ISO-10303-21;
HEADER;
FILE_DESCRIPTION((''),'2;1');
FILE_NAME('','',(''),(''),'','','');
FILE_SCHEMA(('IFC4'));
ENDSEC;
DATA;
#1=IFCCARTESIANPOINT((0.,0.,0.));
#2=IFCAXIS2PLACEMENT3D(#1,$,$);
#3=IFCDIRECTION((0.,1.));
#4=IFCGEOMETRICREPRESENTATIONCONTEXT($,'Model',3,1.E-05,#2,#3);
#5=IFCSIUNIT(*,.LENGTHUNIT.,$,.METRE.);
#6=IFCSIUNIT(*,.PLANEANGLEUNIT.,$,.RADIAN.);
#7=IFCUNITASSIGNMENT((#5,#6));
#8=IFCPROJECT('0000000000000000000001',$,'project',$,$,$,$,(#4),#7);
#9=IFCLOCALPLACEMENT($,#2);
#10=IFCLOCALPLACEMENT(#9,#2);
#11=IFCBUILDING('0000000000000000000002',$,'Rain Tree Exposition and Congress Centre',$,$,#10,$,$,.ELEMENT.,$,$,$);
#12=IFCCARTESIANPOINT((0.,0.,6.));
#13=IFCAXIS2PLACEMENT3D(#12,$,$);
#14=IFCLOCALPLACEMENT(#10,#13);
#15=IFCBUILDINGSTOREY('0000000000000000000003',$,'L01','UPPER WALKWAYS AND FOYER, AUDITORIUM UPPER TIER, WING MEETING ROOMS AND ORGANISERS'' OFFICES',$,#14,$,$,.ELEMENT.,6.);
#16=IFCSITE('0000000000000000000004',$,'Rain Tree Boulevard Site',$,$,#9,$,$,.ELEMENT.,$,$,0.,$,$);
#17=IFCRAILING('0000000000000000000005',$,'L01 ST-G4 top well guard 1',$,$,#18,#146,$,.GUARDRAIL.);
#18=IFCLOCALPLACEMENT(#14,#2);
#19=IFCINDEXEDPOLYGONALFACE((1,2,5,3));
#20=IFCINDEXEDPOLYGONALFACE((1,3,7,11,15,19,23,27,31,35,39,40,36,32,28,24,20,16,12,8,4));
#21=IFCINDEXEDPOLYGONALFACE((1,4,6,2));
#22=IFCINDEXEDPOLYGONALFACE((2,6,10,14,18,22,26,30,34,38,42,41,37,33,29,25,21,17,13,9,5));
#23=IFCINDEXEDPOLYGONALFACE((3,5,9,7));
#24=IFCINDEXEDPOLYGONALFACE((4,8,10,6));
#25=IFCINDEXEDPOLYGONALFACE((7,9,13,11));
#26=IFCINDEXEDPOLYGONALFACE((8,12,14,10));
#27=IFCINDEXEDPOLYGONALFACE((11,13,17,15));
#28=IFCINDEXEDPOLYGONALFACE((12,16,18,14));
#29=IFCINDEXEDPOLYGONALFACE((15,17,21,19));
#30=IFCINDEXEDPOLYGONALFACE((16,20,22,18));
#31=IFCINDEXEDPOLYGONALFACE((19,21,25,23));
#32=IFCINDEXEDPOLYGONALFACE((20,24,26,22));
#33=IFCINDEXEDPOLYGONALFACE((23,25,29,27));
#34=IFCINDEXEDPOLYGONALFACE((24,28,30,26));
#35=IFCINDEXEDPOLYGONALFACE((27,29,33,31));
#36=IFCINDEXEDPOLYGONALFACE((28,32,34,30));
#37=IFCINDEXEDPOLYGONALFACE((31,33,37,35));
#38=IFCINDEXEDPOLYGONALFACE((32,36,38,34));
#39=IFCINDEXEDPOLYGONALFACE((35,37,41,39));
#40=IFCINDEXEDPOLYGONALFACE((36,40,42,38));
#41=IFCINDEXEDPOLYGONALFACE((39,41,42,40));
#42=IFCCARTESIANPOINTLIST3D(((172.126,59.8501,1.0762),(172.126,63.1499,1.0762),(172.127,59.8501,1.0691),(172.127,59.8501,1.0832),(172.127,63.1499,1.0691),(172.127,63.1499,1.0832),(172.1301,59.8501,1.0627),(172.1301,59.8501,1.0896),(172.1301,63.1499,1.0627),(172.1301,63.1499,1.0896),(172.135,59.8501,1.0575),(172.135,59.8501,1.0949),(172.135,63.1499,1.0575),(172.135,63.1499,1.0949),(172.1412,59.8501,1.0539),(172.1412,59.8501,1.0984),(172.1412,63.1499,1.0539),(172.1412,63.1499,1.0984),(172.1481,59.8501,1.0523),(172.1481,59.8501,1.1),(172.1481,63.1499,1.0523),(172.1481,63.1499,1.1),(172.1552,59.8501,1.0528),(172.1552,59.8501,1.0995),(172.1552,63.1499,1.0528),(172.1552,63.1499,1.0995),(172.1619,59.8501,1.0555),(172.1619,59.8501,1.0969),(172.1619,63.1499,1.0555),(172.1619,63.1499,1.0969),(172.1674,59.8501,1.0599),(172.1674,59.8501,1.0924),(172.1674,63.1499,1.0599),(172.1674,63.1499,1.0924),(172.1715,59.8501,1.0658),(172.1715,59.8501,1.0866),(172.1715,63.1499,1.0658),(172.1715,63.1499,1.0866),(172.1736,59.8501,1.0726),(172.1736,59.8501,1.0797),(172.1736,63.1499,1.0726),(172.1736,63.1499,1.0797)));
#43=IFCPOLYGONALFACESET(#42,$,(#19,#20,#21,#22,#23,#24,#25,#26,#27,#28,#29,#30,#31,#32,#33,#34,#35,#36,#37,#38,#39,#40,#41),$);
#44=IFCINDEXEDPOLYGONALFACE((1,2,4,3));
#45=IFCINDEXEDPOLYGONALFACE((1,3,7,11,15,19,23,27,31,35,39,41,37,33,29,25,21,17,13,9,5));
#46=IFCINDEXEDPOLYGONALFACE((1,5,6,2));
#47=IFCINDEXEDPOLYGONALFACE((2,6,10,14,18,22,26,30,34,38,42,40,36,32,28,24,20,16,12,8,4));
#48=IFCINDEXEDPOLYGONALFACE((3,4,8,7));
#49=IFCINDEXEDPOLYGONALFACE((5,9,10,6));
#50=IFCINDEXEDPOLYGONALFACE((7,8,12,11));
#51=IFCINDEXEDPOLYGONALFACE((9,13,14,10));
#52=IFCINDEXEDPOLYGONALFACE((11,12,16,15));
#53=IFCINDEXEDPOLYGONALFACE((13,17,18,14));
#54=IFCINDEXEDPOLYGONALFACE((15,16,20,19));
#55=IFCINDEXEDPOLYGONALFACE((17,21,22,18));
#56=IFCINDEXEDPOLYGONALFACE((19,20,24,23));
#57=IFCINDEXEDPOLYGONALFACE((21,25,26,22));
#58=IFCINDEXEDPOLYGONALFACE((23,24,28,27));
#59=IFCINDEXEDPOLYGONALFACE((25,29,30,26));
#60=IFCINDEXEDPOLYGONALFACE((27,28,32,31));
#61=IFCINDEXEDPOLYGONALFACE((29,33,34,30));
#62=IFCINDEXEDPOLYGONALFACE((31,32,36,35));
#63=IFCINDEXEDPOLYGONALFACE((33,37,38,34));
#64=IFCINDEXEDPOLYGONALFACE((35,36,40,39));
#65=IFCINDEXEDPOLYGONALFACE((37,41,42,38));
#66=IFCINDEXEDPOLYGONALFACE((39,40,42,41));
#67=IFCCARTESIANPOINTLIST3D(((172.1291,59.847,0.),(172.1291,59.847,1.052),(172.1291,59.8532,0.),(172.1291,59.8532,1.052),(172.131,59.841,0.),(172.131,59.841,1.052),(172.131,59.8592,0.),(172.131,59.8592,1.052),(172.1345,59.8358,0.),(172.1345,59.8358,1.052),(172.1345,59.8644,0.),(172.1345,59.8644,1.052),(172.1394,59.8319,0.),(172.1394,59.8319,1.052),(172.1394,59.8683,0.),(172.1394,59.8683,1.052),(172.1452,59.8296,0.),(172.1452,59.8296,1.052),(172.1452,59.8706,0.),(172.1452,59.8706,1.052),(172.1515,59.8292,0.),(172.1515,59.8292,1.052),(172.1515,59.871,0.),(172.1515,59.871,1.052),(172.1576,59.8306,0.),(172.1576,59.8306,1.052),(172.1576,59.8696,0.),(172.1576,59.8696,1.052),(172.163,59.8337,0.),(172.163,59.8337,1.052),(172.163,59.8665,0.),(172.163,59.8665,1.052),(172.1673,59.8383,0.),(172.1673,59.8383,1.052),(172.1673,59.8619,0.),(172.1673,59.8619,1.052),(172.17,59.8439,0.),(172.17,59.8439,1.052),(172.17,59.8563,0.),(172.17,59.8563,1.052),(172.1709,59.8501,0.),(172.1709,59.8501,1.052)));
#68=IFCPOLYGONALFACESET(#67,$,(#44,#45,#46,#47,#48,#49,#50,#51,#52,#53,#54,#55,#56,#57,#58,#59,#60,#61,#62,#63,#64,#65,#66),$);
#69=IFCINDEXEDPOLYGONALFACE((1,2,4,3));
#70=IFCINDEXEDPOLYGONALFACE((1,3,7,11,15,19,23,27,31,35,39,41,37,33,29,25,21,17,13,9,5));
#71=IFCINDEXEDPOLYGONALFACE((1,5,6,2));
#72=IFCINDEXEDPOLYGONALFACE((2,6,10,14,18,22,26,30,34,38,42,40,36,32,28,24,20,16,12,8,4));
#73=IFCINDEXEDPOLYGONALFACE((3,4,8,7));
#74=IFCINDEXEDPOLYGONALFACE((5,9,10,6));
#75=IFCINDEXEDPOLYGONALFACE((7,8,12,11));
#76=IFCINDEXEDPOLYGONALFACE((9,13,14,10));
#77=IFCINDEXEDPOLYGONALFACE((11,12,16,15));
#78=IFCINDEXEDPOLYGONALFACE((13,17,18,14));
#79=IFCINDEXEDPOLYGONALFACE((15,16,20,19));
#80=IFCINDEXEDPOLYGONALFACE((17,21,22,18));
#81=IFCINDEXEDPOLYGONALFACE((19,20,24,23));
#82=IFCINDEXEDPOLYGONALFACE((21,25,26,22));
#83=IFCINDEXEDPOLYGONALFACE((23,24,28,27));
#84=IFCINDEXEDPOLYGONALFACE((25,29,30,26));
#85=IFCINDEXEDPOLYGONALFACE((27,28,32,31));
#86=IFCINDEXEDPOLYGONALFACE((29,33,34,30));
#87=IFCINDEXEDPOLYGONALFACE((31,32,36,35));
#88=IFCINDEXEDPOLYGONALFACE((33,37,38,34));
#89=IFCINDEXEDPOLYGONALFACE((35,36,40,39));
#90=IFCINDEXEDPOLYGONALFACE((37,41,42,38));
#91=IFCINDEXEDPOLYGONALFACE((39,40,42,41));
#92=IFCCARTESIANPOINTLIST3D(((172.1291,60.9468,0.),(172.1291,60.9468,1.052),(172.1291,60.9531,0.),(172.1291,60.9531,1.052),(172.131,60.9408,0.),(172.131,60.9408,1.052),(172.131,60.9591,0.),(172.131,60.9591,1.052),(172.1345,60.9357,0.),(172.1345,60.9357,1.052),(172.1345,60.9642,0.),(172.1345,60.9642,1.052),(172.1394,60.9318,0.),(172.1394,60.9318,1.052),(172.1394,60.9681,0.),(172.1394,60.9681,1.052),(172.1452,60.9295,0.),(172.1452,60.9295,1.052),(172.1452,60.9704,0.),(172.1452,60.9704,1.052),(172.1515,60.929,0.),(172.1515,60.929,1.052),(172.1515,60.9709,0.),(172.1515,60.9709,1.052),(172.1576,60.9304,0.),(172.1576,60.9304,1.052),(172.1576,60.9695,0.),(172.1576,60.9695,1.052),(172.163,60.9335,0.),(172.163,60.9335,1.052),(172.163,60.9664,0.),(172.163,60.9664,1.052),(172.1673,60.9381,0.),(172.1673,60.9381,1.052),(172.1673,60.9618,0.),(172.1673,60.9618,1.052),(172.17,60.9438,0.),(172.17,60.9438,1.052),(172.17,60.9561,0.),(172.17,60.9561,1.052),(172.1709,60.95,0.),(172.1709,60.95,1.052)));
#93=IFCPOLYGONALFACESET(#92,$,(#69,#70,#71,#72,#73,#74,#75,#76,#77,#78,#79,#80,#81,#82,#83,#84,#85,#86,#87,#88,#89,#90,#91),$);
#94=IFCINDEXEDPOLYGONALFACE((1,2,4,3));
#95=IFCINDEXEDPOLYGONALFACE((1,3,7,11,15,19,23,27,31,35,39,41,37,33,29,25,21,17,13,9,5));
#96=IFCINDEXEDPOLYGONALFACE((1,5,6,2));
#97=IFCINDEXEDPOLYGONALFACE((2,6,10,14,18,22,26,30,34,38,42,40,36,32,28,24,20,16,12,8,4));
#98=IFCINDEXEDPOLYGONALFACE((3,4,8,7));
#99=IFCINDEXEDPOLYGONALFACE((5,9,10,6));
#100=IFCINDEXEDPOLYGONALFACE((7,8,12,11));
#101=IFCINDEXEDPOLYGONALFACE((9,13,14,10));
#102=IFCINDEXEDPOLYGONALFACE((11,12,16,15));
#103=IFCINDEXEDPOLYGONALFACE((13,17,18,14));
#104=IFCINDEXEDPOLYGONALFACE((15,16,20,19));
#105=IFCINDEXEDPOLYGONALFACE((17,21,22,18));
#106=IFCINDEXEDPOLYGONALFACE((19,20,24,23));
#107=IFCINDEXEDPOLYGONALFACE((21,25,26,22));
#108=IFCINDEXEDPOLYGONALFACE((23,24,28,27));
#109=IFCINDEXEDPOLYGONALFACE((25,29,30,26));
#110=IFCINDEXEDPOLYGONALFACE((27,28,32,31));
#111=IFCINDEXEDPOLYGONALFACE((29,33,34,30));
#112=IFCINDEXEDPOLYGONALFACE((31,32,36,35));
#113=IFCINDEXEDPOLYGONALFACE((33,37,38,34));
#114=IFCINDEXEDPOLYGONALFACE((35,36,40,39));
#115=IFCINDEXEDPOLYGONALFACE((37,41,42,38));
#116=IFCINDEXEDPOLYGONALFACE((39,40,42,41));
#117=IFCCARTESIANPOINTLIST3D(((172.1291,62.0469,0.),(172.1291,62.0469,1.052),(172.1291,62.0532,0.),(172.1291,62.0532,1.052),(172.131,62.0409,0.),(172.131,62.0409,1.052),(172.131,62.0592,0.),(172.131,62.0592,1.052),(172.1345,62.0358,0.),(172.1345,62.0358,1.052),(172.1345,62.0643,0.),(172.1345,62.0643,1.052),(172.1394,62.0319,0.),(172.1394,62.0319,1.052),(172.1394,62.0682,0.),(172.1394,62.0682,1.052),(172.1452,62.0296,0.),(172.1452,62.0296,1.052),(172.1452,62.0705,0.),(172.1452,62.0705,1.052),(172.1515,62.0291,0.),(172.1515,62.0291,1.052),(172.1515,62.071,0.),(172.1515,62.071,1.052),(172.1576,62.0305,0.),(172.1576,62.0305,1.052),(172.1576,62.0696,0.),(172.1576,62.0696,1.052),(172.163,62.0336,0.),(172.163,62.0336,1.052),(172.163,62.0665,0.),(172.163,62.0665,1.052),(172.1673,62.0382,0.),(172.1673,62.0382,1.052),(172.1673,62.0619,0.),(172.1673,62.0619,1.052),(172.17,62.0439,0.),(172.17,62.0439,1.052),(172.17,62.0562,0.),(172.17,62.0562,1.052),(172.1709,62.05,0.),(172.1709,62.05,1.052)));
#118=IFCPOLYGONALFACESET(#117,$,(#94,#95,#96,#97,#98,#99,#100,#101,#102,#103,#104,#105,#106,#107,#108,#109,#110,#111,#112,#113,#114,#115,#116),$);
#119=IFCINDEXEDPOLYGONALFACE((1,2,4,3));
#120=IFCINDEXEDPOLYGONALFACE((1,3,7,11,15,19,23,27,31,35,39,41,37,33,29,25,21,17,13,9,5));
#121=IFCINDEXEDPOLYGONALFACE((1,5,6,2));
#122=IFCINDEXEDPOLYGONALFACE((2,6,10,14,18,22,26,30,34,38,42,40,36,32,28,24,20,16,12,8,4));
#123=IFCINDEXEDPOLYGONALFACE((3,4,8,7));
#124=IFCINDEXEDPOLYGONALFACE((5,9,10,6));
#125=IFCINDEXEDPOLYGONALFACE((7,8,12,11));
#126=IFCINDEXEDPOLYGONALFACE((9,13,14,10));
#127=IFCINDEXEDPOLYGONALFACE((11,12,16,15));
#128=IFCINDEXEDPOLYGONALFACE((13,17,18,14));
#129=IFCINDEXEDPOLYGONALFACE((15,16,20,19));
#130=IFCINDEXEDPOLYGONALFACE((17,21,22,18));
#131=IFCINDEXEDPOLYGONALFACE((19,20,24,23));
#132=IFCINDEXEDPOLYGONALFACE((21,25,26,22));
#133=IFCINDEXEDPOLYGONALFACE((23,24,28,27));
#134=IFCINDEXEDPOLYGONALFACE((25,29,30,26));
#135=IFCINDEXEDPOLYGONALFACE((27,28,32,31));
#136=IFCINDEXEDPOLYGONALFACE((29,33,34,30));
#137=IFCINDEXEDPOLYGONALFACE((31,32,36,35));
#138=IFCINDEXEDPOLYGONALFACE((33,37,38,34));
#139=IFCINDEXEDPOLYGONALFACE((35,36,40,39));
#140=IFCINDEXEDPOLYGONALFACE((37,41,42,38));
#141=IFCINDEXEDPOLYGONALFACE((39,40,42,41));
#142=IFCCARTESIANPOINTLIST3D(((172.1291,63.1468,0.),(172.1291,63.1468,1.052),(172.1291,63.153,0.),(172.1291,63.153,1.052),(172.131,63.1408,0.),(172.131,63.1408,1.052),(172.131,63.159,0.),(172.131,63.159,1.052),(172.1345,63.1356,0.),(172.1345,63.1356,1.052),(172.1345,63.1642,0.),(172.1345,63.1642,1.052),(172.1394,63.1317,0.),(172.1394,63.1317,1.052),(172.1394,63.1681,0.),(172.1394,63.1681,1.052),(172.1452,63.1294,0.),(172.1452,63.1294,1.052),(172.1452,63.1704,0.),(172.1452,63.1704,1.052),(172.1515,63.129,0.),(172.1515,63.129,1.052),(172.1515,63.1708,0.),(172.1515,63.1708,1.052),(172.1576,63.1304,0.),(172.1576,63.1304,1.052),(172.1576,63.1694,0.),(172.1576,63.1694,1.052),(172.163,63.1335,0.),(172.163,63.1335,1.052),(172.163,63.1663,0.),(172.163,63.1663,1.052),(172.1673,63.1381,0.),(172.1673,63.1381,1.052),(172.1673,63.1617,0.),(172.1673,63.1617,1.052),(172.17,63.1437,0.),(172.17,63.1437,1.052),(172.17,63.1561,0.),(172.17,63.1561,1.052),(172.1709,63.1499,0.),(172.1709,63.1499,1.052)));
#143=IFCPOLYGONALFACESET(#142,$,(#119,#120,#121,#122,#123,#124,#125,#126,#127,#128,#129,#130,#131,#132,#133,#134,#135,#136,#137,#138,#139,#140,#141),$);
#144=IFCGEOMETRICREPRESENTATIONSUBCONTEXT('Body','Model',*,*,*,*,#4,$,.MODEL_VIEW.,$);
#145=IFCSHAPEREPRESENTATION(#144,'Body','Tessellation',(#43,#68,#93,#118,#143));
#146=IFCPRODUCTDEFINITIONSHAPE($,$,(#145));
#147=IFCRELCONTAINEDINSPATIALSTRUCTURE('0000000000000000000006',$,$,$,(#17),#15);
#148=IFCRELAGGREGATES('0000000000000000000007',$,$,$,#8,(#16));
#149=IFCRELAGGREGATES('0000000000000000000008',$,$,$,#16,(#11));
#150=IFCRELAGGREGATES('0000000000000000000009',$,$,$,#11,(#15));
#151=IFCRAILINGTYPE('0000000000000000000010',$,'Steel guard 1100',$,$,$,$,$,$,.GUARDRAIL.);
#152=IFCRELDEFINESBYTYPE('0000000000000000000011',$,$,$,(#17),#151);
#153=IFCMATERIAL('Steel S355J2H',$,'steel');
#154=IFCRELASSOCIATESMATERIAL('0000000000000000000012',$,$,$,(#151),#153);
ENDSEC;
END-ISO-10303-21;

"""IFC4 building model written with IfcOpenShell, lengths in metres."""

from ifc_helpers import new_model, si_unit, direction, frame, origin, origin_2d, place, context, subcontext, project, spatial, circle, extrude, material, type_object, element, save


model = new_model("IFC4")

# Units and contexts
model_context = context("Model", 3, precision=1e-05, world=origin(), true_north=direction((0.0, 1.0)))
body_context = subcontext(model_context, "Body", "Model", "MODEL_VIEW")
ifc_project = project(units=[si_unit("LENGTHUNIT", "METRE"), si_unit("PLANEANGLEUNIT", "RADIAN")], contexts=[model_context])

# Site, building, storey
site_placement = place(None, origin())
site = spatial("IfcSite", under=ifc_project, at=site_placement, Name="Rain Tree Boulevard Site", CompositionType="ELEMENT", RefElevation=0.0)
building_placement = place(site_placement, origin())
building = spatial("IfcBuilding", under=site, at=building_placement, Name="Rain Tree Exposition and Congress Centre", CompositionType="ELEMENT")
storey_placement = place(building_placement, frame((0.0, 0.0, 6.0)))
storey = spatial("IfcBuildingStorey", under=building, at=storey_placement, Name="L01", Description="UPPER WALKWAYS AND FOYER, AUDITORIUM UPPER TIER, WING MEETING ROOMS AND ORGANISERS' OFFICES", CompositionType="ELEMENT", Elevation=6.0)

# Railing
ifc_material_1 = material(Name="Steel S355J2H", Category="steel")
railing_type = type_object("IfcRailingType", Name="Steel guard 1100", PredefinedType="GUARDRAIL", material=ifc_material_1)
for number, where, name in (
    (1, (172.1499, 59.8501, 0.0), "L01 ST-G4 top well guard 1"),
):
    element("IfcRailing", number, at=place(storey_placement, frame(where)), inside=storey, type_object=railing_type, Name=name, PredefinedType="GUARDRAIL", context=body_context, shape_type="SweptSolid", body=[
        extrude(circle(Radius=0.0239, at=origin_2d()), frame((0.0, 0.0, 1.0762), z_axis=(0.0, 1.0, 0.0), x_axis=(-1.0, 0.0, 0.0)), (0.0, 0.0, 1.0), 3.2998),
        extrude(circle(Radius=0.021, at=origin_2d()), origin(), (0.0, 0.0, 1.0), 1.052),
        extrude(circle(Radius=0.021, at=origin_2d()), frame((0.0, 1.0999, 0.0)), (0.0, 0.0, 1.0), 1.052),
        extrude(circle(Radius=0.021, at=origin_2d()), frame((0.0, 2.2, 0.0)), (0.0, 0.0, 1.0), 1.052),
        extrude(circle(Radius=0.021, at=origin_2d()), frame((0.0, 3.2998, 0.0)), (0.0, 0.0, 1.0), 1.052),
    ])

save(model, "model.ifc")
